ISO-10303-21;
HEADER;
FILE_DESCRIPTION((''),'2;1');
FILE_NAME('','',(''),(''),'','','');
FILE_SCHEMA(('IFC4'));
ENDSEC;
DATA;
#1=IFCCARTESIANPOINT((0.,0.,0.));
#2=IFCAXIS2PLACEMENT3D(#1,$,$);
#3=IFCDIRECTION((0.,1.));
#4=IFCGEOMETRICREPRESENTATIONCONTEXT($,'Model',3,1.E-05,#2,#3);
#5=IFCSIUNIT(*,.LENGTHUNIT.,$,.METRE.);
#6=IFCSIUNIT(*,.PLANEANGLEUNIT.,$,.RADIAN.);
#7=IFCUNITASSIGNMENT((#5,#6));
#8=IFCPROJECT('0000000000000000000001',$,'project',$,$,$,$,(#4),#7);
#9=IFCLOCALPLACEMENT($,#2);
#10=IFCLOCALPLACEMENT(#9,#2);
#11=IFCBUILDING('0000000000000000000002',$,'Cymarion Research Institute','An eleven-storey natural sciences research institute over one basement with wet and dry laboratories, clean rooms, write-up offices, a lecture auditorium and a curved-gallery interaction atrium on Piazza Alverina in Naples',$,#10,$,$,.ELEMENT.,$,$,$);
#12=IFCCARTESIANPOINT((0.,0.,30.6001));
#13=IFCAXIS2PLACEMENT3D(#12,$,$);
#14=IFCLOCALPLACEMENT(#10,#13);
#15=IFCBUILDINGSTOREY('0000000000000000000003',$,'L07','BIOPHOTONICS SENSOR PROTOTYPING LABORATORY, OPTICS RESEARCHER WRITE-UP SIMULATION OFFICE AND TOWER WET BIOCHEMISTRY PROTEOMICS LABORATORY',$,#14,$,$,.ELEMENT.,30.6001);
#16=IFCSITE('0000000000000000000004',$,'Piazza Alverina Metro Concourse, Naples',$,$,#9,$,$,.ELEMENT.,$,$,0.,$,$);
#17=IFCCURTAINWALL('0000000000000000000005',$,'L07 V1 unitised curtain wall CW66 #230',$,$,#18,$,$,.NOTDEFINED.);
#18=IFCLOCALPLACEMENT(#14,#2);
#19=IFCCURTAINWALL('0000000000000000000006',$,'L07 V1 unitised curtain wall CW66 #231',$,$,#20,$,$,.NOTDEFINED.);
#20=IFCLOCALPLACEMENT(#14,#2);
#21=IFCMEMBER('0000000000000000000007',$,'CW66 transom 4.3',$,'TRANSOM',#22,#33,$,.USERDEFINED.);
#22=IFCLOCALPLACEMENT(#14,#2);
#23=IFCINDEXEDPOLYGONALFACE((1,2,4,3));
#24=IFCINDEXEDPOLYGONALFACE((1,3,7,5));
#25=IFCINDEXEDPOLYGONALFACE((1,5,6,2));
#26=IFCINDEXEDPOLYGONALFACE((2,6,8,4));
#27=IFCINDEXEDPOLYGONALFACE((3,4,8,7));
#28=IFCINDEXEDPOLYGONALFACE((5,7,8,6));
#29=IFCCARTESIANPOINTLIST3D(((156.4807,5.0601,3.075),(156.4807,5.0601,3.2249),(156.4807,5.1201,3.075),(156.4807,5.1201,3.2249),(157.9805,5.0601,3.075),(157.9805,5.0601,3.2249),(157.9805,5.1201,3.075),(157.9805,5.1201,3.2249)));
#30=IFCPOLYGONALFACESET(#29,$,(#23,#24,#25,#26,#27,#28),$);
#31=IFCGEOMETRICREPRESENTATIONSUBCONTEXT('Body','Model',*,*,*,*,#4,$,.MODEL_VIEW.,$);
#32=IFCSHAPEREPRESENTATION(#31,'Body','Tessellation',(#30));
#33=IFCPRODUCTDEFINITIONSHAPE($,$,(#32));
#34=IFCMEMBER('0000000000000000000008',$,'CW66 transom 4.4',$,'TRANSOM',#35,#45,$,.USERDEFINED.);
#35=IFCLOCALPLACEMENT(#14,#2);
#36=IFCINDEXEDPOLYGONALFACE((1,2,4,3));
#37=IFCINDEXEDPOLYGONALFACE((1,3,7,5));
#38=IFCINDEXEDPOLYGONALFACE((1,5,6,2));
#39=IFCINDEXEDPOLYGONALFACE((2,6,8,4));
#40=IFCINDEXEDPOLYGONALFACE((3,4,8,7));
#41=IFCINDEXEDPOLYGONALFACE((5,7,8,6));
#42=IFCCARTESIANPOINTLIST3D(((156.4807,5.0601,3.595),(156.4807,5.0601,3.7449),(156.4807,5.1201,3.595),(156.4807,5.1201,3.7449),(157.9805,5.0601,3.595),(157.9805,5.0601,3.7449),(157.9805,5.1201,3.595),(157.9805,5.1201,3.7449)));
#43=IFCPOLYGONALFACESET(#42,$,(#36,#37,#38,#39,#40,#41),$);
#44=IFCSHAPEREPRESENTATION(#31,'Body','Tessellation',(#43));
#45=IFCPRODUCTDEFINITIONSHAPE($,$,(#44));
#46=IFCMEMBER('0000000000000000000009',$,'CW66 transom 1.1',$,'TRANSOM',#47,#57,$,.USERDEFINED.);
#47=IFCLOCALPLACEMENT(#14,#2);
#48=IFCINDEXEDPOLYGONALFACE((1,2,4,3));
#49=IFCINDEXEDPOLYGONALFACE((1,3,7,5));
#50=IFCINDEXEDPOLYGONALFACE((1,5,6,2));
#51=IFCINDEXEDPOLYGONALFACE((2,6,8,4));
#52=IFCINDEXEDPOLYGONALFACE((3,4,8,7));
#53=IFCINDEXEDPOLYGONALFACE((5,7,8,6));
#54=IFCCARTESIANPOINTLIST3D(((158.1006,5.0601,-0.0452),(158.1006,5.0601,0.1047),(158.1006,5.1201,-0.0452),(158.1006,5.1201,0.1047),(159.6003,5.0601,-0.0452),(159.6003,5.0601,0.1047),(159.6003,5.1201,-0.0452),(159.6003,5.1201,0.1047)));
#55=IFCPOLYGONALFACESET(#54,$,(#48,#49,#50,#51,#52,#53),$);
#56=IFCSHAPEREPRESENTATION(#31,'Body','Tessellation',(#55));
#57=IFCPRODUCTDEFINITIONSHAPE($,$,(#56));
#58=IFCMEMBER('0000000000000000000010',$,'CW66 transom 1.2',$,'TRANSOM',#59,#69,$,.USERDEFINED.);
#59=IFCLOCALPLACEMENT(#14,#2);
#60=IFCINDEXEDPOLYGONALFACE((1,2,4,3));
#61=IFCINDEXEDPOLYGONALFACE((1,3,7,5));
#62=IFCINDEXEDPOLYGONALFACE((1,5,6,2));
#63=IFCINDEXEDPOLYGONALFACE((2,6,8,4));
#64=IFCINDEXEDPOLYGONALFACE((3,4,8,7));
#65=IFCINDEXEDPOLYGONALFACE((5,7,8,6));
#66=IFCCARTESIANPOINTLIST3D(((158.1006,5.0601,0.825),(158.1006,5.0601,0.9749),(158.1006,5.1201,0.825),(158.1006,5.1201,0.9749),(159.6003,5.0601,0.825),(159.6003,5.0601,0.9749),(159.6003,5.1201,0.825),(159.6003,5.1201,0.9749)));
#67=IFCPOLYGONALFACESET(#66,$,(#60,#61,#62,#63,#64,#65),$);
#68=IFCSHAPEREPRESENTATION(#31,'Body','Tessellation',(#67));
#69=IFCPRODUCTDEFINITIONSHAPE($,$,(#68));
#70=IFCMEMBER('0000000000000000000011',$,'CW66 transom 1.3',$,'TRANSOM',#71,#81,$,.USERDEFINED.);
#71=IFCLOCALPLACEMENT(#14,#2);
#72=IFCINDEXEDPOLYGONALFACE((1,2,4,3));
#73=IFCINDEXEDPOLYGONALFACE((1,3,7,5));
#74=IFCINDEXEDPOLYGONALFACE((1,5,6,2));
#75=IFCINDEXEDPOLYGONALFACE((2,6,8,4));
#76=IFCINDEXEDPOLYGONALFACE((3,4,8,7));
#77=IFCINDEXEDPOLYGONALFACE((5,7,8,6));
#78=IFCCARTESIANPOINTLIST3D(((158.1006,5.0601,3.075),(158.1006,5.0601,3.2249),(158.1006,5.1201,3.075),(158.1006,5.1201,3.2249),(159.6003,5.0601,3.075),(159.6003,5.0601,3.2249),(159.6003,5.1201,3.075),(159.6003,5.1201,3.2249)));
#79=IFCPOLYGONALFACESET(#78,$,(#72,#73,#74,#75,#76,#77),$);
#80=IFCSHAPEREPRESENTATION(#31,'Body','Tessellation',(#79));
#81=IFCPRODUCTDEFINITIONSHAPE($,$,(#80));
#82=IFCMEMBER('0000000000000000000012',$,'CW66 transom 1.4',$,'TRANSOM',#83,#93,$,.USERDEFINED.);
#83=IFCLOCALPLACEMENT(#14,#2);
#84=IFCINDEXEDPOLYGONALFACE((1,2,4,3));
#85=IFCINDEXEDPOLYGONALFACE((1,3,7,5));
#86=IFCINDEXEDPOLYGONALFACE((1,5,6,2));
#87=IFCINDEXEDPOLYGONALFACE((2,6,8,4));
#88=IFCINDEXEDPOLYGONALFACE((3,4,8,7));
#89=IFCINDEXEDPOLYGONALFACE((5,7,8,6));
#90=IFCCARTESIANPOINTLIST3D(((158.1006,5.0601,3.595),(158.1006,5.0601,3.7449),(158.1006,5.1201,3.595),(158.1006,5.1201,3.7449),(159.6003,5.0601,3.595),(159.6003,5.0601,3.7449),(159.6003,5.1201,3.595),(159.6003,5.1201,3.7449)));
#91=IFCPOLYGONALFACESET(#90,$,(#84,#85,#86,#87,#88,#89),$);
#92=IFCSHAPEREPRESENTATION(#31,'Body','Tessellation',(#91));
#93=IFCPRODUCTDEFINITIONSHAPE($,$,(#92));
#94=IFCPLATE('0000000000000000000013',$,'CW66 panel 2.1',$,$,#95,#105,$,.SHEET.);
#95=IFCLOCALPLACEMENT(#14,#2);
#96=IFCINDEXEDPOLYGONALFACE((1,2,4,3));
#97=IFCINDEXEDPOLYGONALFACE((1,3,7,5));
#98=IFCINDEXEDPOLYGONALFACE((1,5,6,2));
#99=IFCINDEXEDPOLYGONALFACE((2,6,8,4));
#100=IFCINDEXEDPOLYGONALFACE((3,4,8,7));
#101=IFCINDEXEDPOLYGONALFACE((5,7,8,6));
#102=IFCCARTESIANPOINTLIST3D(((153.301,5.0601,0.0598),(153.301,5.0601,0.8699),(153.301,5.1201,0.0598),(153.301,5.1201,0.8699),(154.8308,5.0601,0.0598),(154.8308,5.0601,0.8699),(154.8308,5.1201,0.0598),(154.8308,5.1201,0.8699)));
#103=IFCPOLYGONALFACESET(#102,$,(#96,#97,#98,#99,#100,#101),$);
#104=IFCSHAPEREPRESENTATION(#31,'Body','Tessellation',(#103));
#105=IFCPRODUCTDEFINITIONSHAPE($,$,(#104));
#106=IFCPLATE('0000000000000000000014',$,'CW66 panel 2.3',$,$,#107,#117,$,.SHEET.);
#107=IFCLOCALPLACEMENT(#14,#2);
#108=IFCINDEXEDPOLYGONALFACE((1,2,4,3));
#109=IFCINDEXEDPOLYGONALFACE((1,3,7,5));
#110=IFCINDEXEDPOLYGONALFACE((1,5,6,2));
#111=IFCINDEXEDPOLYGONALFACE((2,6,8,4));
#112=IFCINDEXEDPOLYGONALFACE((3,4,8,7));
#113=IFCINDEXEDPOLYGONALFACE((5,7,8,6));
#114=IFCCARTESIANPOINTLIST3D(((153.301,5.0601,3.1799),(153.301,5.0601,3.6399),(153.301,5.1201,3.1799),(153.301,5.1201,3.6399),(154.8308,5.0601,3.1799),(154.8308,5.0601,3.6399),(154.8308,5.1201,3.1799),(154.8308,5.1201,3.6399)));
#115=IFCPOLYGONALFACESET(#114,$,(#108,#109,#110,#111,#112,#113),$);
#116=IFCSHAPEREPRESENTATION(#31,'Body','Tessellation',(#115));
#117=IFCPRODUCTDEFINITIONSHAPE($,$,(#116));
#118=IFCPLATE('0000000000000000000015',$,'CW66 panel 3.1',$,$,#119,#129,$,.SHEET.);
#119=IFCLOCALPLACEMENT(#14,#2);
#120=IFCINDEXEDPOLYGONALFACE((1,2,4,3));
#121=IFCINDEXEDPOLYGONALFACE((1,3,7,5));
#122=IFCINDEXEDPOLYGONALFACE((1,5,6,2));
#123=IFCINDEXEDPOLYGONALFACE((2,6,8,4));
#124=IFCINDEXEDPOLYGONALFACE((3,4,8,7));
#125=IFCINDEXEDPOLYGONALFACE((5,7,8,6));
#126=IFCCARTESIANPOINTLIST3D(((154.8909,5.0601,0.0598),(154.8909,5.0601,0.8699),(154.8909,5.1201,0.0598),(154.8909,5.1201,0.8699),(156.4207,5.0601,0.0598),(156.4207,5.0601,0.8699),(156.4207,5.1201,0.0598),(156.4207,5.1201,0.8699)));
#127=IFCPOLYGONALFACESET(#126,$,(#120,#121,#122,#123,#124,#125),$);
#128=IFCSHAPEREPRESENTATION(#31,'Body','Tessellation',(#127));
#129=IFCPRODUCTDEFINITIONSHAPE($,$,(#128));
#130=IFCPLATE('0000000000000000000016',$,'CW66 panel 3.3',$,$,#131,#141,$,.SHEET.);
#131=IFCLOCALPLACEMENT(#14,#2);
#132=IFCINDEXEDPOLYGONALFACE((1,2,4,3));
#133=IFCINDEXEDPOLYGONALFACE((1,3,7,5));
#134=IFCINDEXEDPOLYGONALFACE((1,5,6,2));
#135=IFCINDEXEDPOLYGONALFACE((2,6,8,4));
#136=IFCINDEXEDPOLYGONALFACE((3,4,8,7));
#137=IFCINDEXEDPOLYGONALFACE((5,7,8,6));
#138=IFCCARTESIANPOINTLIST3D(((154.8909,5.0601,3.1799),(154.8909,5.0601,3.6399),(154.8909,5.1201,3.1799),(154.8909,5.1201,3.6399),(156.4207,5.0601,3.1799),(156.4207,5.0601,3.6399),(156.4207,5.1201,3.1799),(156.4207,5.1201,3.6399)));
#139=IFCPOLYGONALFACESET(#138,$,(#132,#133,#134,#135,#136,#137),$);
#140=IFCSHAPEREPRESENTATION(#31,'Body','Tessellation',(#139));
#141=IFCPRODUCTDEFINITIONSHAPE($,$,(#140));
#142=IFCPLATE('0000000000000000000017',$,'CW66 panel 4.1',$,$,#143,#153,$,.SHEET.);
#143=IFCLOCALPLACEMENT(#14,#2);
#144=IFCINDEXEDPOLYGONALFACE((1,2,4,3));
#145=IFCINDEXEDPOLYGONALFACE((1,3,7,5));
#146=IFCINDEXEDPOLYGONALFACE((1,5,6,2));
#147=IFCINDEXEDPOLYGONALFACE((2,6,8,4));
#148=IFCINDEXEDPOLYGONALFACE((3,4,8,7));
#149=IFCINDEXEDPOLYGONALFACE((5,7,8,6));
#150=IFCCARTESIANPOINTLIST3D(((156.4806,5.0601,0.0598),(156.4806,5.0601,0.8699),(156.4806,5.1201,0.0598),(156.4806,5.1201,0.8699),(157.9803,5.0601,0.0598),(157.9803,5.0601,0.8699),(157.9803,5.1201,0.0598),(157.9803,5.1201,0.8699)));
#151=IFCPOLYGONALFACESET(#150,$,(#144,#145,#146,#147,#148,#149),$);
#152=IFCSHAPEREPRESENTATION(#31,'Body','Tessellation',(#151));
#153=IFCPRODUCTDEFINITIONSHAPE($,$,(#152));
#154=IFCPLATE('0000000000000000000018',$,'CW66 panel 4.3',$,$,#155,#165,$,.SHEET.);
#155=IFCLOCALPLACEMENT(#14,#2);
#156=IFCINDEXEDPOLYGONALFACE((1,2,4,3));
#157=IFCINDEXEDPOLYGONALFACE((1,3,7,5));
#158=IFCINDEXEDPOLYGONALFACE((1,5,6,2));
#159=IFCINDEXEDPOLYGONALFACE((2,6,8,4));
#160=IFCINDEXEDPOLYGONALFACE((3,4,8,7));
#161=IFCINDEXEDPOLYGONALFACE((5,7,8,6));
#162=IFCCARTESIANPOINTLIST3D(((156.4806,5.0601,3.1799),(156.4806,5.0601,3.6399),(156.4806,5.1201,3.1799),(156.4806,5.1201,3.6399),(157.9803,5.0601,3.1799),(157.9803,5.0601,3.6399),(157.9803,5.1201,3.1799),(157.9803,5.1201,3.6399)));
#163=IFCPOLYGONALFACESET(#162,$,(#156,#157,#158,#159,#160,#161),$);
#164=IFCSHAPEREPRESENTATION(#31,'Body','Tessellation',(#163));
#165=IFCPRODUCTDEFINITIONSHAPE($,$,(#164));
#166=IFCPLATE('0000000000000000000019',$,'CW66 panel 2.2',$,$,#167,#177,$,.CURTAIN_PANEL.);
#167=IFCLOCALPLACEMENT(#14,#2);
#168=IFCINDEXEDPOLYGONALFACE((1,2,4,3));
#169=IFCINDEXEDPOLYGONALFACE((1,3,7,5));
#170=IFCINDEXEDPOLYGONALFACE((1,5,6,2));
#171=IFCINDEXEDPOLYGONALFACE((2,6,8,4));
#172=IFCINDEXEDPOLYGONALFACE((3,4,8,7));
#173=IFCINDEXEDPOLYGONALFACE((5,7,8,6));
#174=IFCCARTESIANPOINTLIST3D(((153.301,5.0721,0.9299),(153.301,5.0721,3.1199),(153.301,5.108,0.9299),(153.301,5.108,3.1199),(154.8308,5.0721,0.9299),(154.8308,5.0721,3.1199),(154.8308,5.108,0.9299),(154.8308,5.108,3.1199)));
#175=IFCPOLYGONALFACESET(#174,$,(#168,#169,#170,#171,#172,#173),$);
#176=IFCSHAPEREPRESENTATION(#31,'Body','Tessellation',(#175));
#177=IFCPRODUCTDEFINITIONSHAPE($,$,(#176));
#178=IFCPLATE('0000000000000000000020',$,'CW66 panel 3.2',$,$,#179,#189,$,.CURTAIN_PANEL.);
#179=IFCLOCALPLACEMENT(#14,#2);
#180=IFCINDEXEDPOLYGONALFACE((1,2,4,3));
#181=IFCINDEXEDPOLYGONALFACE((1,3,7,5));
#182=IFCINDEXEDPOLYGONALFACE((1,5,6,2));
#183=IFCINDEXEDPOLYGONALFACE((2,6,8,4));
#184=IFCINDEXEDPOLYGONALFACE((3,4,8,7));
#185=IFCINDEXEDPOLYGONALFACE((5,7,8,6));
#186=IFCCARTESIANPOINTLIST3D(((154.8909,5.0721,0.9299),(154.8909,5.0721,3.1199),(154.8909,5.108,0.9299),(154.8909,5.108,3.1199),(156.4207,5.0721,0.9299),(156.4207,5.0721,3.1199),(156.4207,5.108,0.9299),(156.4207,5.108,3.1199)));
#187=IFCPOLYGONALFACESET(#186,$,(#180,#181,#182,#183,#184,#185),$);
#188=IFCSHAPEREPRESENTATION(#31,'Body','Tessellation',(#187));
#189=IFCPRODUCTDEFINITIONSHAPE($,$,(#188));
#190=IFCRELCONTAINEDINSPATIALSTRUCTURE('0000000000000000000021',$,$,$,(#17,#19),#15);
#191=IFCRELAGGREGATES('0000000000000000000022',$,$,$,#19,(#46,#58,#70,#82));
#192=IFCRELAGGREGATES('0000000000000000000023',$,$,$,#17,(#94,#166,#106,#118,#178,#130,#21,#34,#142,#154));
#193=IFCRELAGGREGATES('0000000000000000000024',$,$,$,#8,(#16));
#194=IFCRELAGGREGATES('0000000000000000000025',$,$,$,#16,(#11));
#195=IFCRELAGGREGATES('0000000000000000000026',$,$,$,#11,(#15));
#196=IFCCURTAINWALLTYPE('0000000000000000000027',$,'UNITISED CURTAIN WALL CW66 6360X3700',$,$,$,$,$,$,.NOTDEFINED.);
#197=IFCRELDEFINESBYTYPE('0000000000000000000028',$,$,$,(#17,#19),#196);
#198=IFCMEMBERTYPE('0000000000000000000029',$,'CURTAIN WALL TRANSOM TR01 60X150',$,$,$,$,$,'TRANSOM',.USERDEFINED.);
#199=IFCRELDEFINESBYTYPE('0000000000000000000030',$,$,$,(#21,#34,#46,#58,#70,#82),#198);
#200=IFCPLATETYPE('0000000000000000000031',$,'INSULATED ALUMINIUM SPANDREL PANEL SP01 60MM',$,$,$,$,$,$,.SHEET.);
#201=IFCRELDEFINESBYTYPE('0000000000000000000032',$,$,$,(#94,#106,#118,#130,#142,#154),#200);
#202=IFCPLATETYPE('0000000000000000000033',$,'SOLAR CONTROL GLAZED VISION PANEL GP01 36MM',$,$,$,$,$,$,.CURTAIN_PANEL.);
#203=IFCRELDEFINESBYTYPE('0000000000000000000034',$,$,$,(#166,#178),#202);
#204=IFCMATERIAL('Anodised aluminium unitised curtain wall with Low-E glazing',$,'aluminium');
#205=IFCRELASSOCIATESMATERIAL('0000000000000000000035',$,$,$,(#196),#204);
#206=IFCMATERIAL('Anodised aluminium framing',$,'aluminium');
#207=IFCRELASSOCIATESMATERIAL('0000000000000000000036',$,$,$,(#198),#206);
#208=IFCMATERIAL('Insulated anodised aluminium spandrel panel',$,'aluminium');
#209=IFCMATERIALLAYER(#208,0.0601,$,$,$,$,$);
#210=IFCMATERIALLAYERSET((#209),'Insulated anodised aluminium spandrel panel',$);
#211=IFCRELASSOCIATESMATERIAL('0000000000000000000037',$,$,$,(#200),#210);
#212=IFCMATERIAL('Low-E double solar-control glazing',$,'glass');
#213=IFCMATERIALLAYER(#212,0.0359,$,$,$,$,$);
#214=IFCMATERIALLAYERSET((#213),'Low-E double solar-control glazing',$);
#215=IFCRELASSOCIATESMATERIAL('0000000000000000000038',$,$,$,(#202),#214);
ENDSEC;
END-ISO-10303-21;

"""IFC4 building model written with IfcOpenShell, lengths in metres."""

from ifc_helpers import new_model, si_unit, direction, frame, origin, origin_2d, place, context, subcontext, project, spatial, rectangle, extrude, material, layer, layer_set, material_profile, profile_set, type_object, element, aggregate, save


model = new_model("IFC4")

# Units and contexts
model_context = context("Model", 3, precision=1e-05, world=origin(), true_north=direction((0.0, 1.0)))
body_context = subcontext(model_context, "Body", "Model", "MODEL_VIEW")
ifc_project = project(units=[si_unit("LENGTHUNIT", "METRE"), si_unit("PLANEANGLEUNIT", "RADIAN")], contexts=[model_context])

# Site, building, storey
site_placement = place(None, origin())
site = spatial("IfcSite", under=ifc_project, at=site_placement, Name="Piazza Alverina Metro Concourse, Naples", CompositionType="ELEMENT", RefElevation=0.0)
building_placement = place(site_placement, origin())
building = spatial("IfcBuilding", under=site, at=building_placement, Name="Cymarion Research Institute", Description="An eleven-storey natural sciences research institute over one basement with wet and dry laboratories, clean rooms, write-up offices, a lecture auditorium and a curved-gallery interaction atrium on Piazza Alverina in Naples", CompositionType="ELEMENT")
storey_placement = place(building_placement, frame((0.0, 0.0, 30.6001)))
storey = spatial("IfcBuildingStorey", under=building, at=storey_placement, Name="L07", Description="BIOPHOTONICS SENSOR PROTOTYPING LABORATORY, OPTICS RESEARCHER WRITE-UP SIMULATION OFFICE AND TOWER WET BIOCHEMISTRY PROTEOMICS LABORATORY", CompositionType="ELEMENT", Elevation=30.6001)

# Curtain wall
ifc_material_1 = material(Name="Anodised aluminium unitised curtain wall with Low-E glazing", Category="aluminium")
curtain_wall_type = type_object("IfcCurtainWallType", Name="UNITISED CURTAIN WALL CW66 6360X3700", PredefinedType="NOTDEFINED", material=ifc_material_1)
curtain_wall_1_placement = place(storey_placement, origin())
curtain_wall_1 = element("IfcCurtainWall", 1, at=curtain_wall_1_placement, inside=storey, type_object=curtain_wall_type, Name="L07 V1 unitised curtain wall CW66 #230", PredefinedType="NOTDEFINED")
ifc_material_2 = material(Name="Anodised aluminium framing", Category="aluminium")

# Curtain wall
curtain_wall_2_placement = place(storey_placement, origin())
curtain_wall_2 = element("IfcCurtainWall", 2, at=curtain_wall_2_placement, inside=storey, type_object=curtain_wall_type, Name="L07 V1 unitised curtain wall CW66 #231", PredefinedType="NOTDEFINED")

# Members
ifc_material_profile_1 = material_profile(ifc_material_2, rectangle(XDim=0.0601, YDim=0.1499, at=origin_2d()), Name="ALU TRANSOM 60x150")
ifc_profile_set_1 = profile_set([ifc_material_profile_1], Name="Anodised aluminium framing")
member_type_1 = type_object("IfcMemberType", Name="CURTAIN WALL TRANSOM TR01 60X150", ElementType="TRANSOM", PredefinedType="USERDEFINED", material=ifc_profile_set_1)
member_1_placement = place(storey_placement, frame((156.4807, 5.0901, 3.1499), z_axis=(1.0, 0.0, 0.0), x_axis=(0.0, 1.0, 0.0)))
member_1 = element("IfcMember", 3, at=member_1_placement, type_object=member_type_1, Name="CW66 transom 4.3", ObjectType="TRANSOM", PredefinedType="USERDEFINED", context=body_context, shape_type="SweptSolid", body=[
    extrude(rectangle(XDim=0.0601, YDim=0.1499, at=origin_2d()), origin(), (0.0, 0.0, 1.0), 1.4998),
])
member_2_placement = place(storey_placement, frame((156.4807, 5.0901, 3.6699), z_axis=(1.0, 0.0, 0.0), x_axis=(0.0, 1.0, 0.0)))
member_2 = element("IfcMember", 4, at=member_2_placement, type_object=member_type_1, Name="CW66 transom 4.4", ObjectType="TRANSOM", PredefinedType="USERDEFINED", context=body_context, shape_type="SweptSolid", body=[
    extrude(rectangle(XDim=0.0601, YDim=0.1499, at=origin_2d()), origin(), (0.0, 0.0, 1.0), 1.4998),
])
member_3_placement = place(storey_placement, frame((158.1006, 5.0901, 0.0298), z_axis=(1.0, 0.0, 0.0), x_axis=(0.0, 1.0, 0.0)))
member_3 = element("IfcMember", 5, at=member_3_placement, type_object=member_type_1, Name="CW66 transom 1.1", ObjectType="TRANSOM", PredefinedType="USERDEFINED", context=body_context, shape_type="SweptSolid", body=[
    extrude(rectangle(XDim=0.0601, YDim=0.1499, at=origin_2d()), origin(), (0.0, 0.0, 1.0), 1.4998),
])
member_4_placement = place(storey_placement, frame((158.1006, 5.0901, 0.8999), z_axis=(1.0, 0.0, 0.0), x_axis=(0.0, 1.0, 0.0)))
member_4 = element("IfcMember", 6, at=member_4_placement, type_object=member_type_1, Name="CW66 transom 1.2", ObjectType="TRANSOM", PredefinedType="USERDEFINED", context=body_context, shape_type="SweptSolid", body=[
    extrude(rectangle(XDim=0.0601, YDim=0.1499, at=origin_2d()), origin(), (0.0, 0.0, 1.0), 1.4998),
])
member_5_placement = place(storey_placement, frame((158.1006, 5.0901, 3.1499), z_axis=(1.0, 0.0, 0.0), x_axis=(0.0, 1.0, 0.0)))
member_5 = element("IfcMember", 7, at=member_5_placement, type_object=member_type_1, Name="CW66 transom 1.3", ObjectType="TRANSOM", PredefinedType="USERDEFINED", context=body_context, shape_type="SweptSolid", body=[
    extrude(rectangle(XDim=0.0601, YDim=0.1499, at=origin_2d()), origin(), (0.0, 0.0, 1.0), 1.4998),
])
member_6_placement = place(storey_placement, frame((158.1006, 5.0901, 3.6699), z_axis=(1.0, 0.0, 0.0), x_axis=(0.0, 1.0, 0.0)))
member_6 = element("IfcMember", 8, at=member_6_placement, type_object=member_type_1, Name="CW66 transom 1.4", ObjectType="TRANSOM", PredefinedType="USERDEFINED", context=body_context, shape_type="SweptSolid", body=[
    extrude(rectangle(XDim=0.0601, YDim=0.1499, at=origin_2d()), origin(), (0.0, 0.0, 1.0), 1.4998),
])
aggregate(curtain_wall_2, [member_3, member_4, member_5, member_6])

# Plates
ifc_material_3 = material(Name="Insulated anodised aluminium spandrel panel", Category="aluminium")
ifc_layer_1 = layer(ifc_material_3, 0.0601)
ifc_layer_set_1 = layer_set([ifc_layer_1], Name="Insulated anodised aluminium spandrel panel")
plate_type_1 = type_object("IfcPlateType", Name="INSULATED ALUMINIUM SPANDREL PANEL SP01 60MM", PredefinedType="SHEET", material=ifc_layer_set_1)
plate_1_placement = place(storey_placement, frame((154.0659, 5.0901, 0.0598), z_axis=(0.0, 0.0, 1.0), x_axis=(1.0, 0.0, 0.0)))
plate_1 = element("IfcPlate", 9, at=plate_1_placement, type_object=plate_type_1, Name="CW66 panel 2.1", PredefinedType="SHEET", context=body_context, shape_type="SweptSolid", body=[
    extrude(rectangle(XDim=1.5298, YDim=0.0601, at=origin_2d()), origin(), (0.0, 0.0, 1.0), 0.8101),
])
plate_2_placement = place(storey_placement, frame((154.0659, 5.0901, 3.1799), z_axis=(0.0, 0.0, 1.0), x_axis=(1.0, 0.0, 0.0)))
plate_2 = element("IfcPlate", 10, at=plate_2_placement, type_object=plate_type_1, Name="CW66 panel 2.3", PredefinedType="SHEET", context=body_context, shape_type="SweptSolid", body=[
    extrude(rectangle(XDim=1.5298, YDim=0.0601, at=origin_2d()), origin(), (0.0, 0.0, 1.0), 0.46),
])
plate_3_placement = place(storey_placement, frame((155.6558, 5.0901, 0.0598), z_axis=(0.0, 0.0, 1.0), x_axis=(1.0, 0.0, 0.0)))
plate_3 = element("IfcPlate", 11, at=plate_3_placement, type_object=plate_type_1, Name="CW66 panel 3.1", PredefinedType="SHEET", context=body_context, shape_type="SweptSolid", body=[
    extrude(rectangle(XDim=1.5298, YDim=0.0601, at=origin_2d()), origin(), (0.0, 0.0, 1.0), 0.8101),
])
plate_4_placement = place(storey_placement, frame((155.6558, 5.0901, 3.1799), z_axis=(0.0, 0.0, 1.0), x_axis=(1.0, 0.0, 0.0)))
plate_4 = element("IfcPlate", 12, at=plate_4_placement, type_object=plate_type_1, Name="CW66 panel 3.3", PredefinedType="SHEET", context=body_context, shape_type="SweptSolid", body=[
    extrude(rectangle(XDim=1.5298, YDim=0.0601, at=origin_2d()), origin(), (0.0, 0.0, 1.0), 0.46),
])
plate_5_placement = place(storey_placement, frame((157.2305, 5.0901, 0.0598), z_axis=(0.0, 0.0, 1.0), x_axis=(1.0, 0.0, 0.0)))
plate_5 = element("IfcPlate", 13, at=plate_5_placement, type_object=plate_type_1, Name="CW66 panel 4.1", PredefinedType="SHEET", context=body_context, shape_type="SweptSolid", body=[
    extrude(rectangle(XDim=1.4998, YDim=0.0601, at=origin_2d()), origin(), (0.0, 0.0, 1.0), 0.8101),
])
plate_6_placement = place(storey_placement, frame((157.2305, 5.0901, 3.1799), z_axis=(0.0, 0.0, 1.0), x_axis=(1.0, 0.0, 0.0)))
plate_6 = element("IfcPlate", 14, at=plate_6_placement, type_object=plate_type_1, Name="CW66 panel 4.3", PredefinedType="SHEET", context=body_context, shape_type="SweptSolid", body=[
    extrude(rectangle(XDim=1.4998, YDim=0.0601, at=origin_2d()), origin(), (0.0, 0.0, 1.0), 0.46),
])
ifc_material_4 = material(Name="Low-E double solar-control glazing", Category="glass")
ifc_layer_2 = layer(ifc_material_4, 0.0359)
ifc_layer_set_2 = layer_set([ifc_layer_2], Name="Low-E double solar-control glazing")
plate_type_2 = type_object("IfcPlateType", Name="SOLAR CONTROL GLAZED VISION PANEL GP01 36MM", PredefinedType="CURTAIN_PANEL", material=ifc_layer_set_2)
plate_7_placement = place(storey_placement, frame((154.0659, 5.0901, 0.9299), z_axis=(0.0, 0.0, 1.0), x_axis=(1.0, 0.0, 0.0)))
plate_7 = element("IfcPlate", 15, at=plate_7_placement, type_object=plate_type_2, Name="CW66 panel 2.2", PredefinedType="CURTAIN_PANEL", context=body_context, shape_type="SweptSolid", body=[
    extrude(rectangle(XDim=1.5298, YDim=0.0359, at=origin_2d()), origin(), (0.0, 0.0, 1.0), 2.1899),
])
plate_8_placement = place(storey_placement, frame((155.6558, 5.0901, 0.9299), z_axis=(0.0, 0.0, 1.0), x_axis=(1.0, 0.0, 0.0)))
plate_8 = element("IfcPlate", 16, at=plate_8_placement, type_object=plate_type_2, Name="CW66 panel 3.2", PredefinedType="CURTAIN_PANEL", context=body_context, shape_type="SweptSolid", body=[
    extrude(rectangle(XDim=1.5298, YDim=0.0359, at=origin_2d()), origin(), (0.0, 0.0, 1.0), 2.1899),
])
aggregate(curtain_wall_1, [plate_1, plate_7, plate_2, plate_3, plate_8, plate_4, member_1, member_2, plate_5, plate_6])

save(model, "model.ifc")
